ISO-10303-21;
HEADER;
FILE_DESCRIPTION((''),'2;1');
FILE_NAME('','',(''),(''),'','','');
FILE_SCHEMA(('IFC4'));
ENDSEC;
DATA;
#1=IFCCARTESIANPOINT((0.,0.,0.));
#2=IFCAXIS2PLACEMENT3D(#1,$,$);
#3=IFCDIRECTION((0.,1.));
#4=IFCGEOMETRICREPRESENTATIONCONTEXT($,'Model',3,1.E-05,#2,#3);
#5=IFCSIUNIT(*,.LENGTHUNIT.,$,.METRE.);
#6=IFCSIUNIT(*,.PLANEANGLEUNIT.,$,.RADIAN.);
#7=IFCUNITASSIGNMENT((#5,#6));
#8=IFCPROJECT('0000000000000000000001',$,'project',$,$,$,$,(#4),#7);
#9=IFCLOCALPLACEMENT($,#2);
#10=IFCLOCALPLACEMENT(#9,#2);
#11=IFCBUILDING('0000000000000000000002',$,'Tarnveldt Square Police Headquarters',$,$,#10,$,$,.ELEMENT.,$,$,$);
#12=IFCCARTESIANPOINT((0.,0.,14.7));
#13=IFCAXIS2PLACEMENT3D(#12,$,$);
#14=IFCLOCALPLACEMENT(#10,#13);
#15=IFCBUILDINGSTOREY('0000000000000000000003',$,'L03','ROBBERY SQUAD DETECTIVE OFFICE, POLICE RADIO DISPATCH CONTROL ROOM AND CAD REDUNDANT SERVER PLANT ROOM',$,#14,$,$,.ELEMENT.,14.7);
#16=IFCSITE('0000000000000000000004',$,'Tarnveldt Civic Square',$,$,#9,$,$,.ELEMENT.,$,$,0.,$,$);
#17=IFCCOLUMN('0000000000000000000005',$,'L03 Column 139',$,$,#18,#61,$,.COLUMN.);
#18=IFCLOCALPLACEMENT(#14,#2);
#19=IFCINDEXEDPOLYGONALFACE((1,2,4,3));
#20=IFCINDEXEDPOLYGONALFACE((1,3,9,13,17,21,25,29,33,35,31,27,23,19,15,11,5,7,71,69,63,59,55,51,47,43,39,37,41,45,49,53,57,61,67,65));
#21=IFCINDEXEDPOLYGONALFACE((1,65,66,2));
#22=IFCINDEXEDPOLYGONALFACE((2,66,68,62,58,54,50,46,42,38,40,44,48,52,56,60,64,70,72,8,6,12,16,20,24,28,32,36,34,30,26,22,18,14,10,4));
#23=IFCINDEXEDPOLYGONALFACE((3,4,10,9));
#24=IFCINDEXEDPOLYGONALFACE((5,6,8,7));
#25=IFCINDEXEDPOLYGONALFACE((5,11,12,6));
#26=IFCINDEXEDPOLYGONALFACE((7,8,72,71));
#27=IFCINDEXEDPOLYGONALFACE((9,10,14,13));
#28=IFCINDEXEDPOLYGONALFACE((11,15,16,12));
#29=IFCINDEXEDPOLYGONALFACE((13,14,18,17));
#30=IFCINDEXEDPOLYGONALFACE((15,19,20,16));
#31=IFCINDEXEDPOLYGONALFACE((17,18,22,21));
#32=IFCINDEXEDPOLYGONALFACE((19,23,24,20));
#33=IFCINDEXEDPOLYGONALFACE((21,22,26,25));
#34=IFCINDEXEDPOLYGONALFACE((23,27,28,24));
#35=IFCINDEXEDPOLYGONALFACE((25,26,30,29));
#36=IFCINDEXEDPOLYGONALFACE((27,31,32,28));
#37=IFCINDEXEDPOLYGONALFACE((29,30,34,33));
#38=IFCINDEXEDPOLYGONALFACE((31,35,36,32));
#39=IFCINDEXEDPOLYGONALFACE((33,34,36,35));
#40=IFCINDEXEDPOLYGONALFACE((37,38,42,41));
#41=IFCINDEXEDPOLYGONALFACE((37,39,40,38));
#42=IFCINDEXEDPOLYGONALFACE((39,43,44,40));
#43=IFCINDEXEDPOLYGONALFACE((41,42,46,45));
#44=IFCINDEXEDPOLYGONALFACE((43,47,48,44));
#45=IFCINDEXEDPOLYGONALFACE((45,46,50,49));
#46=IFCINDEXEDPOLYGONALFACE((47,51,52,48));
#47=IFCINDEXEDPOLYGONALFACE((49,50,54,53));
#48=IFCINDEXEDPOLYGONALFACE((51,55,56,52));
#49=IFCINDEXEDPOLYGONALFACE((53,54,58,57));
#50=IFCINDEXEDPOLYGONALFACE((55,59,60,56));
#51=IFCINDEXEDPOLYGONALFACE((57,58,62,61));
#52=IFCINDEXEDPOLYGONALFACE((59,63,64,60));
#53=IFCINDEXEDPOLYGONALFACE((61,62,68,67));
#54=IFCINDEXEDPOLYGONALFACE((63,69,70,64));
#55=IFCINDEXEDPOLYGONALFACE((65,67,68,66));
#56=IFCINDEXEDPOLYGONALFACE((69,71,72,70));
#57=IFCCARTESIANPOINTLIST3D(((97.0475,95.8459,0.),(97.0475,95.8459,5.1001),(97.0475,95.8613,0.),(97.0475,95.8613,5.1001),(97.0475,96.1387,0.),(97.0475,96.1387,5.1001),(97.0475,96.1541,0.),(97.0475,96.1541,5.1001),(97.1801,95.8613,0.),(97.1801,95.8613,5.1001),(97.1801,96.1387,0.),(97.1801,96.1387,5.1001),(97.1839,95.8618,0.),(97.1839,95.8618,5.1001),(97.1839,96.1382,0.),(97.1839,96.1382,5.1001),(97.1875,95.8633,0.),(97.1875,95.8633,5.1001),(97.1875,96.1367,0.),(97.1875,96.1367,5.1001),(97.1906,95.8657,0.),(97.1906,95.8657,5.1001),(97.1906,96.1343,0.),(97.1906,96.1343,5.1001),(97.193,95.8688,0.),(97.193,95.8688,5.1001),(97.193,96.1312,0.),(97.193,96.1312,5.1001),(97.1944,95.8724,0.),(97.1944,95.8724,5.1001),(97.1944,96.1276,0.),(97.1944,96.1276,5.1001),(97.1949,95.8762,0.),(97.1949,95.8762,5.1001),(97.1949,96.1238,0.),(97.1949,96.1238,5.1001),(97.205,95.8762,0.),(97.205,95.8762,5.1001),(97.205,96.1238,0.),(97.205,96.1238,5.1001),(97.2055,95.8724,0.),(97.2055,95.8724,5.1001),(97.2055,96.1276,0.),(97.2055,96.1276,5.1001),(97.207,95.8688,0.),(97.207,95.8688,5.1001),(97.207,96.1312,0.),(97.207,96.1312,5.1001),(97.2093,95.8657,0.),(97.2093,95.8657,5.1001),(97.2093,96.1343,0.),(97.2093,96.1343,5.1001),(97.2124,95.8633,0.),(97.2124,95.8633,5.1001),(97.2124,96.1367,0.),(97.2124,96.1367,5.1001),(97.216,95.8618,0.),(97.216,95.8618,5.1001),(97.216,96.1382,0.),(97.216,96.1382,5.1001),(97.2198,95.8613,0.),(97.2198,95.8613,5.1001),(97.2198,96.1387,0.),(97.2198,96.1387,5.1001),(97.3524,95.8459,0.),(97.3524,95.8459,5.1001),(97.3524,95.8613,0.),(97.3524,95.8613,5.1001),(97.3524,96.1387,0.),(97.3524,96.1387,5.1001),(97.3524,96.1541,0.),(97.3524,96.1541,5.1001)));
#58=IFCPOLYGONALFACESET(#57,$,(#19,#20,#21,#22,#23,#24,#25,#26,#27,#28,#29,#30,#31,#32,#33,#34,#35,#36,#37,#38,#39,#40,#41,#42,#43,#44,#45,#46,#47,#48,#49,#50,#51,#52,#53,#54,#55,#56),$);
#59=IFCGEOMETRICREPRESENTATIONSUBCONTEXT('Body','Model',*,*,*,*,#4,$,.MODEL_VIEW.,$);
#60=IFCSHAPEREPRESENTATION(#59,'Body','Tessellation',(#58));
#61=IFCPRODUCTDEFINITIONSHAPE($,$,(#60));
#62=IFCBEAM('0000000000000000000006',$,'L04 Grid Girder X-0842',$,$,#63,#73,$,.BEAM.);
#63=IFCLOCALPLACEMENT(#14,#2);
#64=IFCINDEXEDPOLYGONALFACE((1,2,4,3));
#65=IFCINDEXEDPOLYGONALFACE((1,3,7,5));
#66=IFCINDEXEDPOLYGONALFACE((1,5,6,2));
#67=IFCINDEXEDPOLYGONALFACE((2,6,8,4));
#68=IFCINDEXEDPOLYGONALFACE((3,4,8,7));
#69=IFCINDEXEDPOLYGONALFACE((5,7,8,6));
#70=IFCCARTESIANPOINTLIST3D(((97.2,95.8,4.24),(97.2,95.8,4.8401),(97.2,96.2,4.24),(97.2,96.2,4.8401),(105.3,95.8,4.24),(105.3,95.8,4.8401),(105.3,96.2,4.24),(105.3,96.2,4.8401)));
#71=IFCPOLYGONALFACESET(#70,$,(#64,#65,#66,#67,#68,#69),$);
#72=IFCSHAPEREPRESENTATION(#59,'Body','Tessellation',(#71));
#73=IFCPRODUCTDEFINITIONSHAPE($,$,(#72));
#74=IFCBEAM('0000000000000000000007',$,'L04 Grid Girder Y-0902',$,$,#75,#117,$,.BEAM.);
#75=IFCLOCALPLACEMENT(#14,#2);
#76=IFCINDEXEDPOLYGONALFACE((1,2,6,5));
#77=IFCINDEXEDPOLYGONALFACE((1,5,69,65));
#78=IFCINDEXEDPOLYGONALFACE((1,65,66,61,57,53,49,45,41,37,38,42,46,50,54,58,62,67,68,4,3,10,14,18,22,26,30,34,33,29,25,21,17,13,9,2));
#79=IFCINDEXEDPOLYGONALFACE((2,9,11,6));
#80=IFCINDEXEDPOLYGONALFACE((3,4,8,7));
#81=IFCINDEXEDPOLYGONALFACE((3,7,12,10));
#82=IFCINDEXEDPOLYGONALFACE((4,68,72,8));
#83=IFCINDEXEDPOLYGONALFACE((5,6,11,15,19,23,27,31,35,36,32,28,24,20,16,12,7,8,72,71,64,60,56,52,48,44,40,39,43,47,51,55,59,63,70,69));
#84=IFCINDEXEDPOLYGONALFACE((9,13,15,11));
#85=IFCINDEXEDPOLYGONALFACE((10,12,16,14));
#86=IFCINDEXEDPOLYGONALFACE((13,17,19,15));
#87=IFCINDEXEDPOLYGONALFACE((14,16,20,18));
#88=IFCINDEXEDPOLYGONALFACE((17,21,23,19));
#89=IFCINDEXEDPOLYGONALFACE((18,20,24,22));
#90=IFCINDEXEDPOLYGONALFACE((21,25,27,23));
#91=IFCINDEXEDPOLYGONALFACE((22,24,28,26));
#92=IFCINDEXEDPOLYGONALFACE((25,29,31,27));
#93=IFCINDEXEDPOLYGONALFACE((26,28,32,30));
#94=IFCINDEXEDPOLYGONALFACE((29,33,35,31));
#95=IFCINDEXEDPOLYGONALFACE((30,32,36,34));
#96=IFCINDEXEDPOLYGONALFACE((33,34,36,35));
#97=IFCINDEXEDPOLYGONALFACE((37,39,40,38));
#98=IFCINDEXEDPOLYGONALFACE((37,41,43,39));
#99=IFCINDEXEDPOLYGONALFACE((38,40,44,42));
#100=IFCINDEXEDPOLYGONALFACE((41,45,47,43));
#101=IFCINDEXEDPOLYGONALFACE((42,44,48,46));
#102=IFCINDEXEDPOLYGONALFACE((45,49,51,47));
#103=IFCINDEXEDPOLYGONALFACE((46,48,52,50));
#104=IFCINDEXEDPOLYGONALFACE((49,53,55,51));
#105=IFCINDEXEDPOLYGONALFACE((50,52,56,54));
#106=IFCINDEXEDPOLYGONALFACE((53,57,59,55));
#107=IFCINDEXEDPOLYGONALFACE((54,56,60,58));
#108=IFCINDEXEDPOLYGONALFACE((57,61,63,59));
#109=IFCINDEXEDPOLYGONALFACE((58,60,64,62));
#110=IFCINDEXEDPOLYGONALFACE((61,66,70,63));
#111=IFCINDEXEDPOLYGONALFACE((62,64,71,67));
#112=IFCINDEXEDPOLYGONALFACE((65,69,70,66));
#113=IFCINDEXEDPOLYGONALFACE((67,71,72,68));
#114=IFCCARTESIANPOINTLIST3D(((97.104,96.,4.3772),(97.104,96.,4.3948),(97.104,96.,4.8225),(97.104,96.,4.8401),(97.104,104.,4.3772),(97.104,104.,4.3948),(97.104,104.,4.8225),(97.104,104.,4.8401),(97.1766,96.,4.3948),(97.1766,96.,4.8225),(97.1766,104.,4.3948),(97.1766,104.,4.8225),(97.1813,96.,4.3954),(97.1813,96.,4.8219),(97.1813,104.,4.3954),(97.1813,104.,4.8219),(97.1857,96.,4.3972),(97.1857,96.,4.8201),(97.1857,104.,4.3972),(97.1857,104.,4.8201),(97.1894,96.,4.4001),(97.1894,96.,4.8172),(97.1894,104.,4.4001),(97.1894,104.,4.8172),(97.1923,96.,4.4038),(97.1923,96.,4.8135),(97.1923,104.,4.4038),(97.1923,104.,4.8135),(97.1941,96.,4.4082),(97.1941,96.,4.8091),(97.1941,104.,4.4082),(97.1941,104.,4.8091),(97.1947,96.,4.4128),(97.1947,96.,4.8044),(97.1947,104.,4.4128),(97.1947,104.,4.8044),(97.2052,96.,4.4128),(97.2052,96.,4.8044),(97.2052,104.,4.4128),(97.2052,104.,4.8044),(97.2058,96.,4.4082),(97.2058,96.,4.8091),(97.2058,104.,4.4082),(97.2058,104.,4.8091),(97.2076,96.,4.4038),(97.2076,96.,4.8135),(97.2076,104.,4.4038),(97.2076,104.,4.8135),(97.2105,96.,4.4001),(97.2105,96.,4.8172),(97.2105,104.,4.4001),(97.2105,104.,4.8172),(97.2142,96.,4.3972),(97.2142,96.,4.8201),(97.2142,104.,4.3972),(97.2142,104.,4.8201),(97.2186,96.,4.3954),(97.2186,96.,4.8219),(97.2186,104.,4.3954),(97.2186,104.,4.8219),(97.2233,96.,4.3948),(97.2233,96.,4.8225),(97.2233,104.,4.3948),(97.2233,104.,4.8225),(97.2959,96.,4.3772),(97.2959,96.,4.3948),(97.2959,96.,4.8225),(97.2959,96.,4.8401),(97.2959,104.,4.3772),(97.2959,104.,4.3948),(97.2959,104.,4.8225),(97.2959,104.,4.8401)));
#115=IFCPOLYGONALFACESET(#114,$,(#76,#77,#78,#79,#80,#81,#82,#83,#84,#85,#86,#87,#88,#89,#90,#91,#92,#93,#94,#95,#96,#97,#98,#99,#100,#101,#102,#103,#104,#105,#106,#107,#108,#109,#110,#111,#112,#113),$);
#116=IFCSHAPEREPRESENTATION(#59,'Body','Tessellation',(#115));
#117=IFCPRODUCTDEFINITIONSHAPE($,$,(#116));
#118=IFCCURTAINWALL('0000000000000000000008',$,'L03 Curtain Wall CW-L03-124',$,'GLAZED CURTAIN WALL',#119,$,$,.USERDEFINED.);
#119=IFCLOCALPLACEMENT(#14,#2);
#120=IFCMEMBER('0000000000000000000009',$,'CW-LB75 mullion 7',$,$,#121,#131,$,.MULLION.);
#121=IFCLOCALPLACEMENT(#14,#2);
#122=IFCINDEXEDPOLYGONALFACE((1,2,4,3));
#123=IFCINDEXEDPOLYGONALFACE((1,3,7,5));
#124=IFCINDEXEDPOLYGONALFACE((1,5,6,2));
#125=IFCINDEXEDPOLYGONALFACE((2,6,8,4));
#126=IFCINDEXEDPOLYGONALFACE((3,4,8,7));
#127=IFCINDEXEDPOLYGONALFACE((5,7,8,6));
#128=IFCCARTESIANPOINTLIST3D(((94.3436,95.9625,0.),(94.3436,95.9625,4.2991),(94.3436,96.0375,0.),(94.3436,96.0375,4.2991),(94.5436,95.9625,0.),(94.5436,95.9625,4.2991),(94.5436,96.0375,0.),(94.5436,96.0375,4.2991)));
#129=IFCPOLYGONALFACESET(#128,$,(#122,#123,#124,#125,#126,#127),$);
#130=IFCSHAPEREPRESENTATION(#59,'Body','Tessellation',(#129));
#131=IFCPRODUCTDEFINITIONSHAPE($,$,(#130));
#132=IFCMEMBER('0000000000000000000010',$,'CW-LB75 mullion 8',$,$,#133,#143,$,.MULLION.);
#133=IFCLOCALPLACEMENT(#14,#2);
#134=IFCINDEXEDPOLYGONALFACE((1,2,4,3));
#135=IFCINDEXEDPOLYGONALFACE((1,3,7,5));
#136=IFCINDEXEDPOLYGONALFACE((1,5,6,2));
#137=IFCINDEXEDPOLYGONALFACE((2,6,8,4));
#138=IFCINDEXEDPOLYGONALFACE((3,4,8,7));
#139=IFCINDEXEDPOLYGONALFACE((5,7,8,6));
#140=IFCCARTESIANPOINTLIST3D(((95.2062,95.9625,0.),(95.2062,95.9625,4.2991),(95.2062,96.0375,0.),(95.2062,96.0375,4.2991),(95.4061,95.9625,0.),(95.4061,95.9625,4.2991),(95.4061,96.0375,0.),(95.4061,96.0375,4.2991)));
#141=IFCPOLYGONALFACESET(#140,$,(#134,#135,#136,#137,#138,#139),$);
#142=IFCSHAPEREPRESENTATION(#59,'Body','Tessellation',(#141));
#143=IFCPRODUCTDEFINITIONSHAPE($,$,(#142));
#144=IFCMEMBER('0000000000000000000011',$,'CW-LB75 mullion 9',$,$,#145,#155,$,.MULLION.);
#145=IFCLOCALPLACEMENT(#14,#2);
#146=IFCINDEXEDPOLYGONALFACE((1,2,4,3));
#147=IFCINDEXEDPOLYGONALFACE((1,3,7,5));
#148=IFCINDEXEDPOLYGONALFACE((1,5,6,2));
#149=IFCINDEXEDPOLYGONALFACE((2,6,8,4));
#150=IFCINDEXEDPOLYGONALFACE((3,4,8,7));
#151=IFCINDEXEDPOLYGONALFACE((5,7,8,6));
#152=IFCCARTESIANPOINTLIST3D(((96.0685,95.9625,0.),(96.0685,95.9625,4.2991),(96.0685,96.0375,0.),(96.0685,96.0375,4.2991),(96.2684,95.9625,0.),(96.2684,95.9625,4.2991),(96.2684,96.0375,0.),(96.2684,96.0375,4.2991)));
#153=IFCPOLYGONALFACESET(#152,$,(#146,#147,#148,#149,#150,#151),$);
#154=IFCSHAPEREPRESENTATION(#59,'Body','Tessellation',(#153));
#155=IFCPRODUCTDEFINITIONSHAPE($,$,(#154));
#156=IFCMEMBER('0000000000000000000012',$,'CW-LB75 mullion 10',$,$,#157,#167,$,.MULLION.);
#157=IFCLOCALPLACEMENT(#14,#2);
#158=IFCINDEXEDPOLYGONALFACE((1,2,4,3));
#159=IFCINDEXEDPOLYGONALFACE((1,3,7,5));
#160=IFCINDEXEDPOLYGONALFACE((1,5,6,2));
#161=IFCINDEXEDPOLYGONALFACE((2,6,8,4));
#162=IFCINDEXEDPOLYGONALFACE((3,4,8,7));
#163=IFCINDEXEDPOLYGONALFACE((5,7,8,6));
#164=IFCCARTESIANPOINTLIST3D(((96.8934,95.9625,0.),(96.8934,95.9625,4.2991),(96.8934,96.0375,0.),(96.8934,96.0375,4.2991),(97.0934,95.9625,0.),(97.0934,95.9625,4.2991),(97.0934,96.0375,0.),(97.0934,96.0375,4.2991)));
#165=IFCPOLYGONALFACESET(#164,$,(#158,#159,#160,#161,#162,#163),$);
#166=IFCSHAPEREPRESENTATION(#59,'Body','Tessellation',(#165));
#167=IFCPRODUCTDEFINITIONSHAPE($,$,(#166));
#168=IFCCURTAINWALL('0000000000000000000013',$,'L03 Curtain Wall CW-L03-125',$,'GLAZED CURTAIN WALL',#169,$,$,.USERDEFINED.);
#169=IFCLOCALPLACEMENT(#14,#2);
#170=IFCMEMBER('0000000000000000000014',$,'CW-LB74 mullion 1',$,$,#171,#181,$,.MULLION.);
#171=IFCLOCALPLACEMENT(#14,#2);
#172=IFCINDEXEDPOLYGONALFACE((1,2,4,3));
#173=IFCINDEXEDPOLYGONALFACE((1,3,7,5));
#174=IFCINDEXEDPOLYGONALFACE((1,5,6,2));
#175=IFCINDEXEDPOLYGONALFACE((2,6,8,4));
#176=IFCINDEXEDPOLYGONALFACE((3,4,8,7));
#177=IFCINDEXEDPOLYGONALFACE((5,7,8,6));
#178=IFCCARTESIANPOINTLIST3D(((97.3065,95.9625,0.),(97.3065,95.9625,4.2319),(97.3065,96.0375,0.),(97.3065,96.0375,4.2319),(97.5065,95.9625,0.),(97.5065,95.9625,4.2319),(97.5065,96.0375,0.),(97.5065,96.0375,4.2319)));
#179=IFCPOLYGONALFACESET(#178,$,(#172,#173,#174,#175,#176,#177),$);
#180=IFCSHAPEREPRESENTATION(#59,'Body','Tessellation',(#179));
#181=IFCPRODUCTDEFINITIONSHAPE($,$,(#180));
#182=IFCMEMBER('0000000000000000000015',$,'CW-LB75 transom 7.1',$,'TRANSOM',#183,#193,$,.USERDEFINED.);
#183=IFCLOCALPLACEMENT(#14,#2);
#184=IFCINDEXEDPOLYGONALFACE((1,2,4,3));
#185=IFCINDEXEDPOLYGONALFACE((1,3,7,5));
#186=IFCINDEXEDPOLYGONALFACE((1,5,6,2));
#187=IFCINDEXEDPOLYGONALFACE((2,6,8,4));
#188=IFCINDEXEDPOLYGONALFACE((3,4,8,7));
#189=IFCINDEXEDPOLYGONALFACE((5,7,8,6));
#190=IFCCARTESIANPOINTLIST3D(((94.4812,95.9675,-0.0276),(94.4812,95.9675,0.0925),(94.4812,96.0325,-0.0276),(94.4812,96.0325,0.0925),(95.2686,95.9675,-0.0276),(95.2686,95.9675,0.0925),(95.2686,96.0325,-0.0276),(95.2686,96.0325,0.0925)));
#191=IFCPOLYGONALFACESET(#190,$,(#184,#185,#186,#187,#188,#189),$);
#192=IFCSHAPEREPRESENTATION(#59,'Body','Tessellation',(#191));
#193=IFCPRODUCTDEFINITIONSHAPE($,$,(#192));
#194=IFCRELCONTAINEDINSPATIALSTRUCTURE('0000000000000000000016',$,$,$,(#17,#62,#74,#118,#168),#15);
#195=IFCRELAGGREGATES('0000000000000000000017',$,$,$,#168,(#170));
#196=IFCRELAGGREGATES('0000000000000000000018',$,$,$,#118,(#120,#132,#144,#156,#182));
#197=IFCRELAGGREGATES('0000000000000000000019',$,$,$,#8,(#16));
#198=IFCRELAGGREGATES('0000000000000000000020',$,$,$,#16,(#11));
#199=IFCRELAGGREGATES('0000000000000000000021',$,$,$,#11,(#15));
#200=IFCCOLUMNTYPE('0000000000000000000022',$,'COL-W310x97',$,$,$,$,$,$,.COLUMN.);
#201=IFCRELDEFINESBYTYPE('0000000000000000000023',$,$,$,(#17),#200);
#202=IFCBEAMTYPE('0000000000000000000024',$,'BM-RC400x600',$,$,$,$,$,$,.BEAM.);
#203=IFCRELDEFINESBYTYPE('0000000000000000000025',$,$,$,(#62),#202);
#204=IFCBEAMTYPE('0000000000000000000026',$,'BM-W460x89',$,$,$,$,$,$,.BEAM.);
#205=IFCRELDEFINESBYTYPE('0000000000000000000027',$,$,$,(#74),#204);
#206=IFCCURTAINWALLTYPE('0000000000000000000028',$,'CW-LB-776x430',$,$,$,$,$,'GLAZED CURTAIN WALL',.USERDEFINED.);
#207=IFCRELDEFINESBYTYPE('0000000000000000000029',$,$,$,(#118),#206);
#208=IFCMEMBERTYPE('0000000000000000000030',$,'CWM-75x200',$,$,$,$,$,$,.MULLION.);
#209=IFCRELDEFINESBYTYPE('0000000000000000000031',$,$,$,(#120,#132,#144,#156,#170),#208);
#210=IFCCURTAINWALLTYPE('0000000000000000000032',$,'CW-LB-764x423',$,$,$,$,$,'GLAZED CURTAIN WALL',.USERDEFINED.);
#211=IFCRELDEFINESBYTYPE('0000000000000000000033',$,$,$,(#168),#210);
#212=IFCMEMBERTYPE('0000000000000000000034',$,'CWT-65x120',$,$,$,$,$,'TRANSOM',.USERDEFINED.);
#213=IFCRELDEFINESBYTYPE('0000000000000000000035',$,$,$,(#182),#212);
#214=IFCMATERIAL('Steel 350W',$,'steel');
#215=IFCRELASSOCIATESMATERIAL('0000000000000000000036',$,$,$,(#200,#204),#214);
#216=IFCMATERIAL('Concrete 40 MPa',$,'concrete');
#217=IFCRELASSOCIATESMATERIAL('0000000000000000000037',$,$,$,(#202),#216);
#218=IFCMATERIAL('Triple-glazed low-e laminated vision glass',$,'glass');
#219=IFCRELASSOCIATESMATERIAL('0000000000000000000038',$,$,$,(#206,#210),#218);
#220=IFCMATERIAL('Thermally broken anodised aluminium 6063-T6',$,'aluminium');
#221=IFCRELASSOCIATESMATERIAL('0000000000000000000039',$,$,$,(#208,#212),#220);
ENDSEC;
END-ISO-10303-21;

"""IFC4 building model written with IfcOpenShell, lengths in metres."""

from ifc_helpers import new_model, si_unit, direction, frame, origin, origin_2d, place, context, subcontext, project, spatial, rectangle, i_section, extrude, material, material_profile, profile_set, type_object, element, aggregate, save


model = new_model("IFC4")

# Units and contexts
model_context = context("Model", 3, precision=1e-05, world=origin(), true_north=direction((0.0, 1.0)))
body_context = subcontext(model_context, "Body", "Model", "MODEL_VIEW")
ifc_project = project(units=[si_unit("LENGTHUNIT", "METRE"), si_unit("PLANEANGLEUNIT", "RADIAN")], contexts=[model_context])

# Site, building, storey
site_placement = place(None, origin())
site = spatial("IfcSite", under=ifc_project, at=site_placement, Name="Tarnveldt Civic Square", CompositionType="ELEMENT", RefElevation=0.0)
building_placement = place(site_placement, origin())
building = spatial("IfcBuilding", under=site, at=building_placement, Name="Tarnveldt Square Police Headquarters", CompositionType="ELEMENT")
storey_placement = place(building_placement, frame((0.0, 0.0, 14.7)))
storey = spatial("IfcBuildingStorey", under=building, at=storey_placement, Name="L03", Description="ROBBERY SQUAD DETECTIVE OFFICE, POLICE RADIO DISPATCH CONTROL ROOM AND CAD REDUNDANT SERVER PLANT ROOM", CompositionType="ELEMENT", Elevation=14.7)

# Column
ifc_material_1 = material(Name="Steel 350W", Category="steel")
ifc_material_profile_1 = material_profile(ifc_material_1, i_section(OverallWidth=0.3049, OverallDepth=0.3081, WebThickness=0.01, FlangeThickness=0.0154, FilletRadius=0.0149, at=origin_2d()), Name="W310x97")
ifc_profile_set_1 = profile_set([ifc_material_profile_1], Name="Steel 350W")
column_type = type_object("IfcColumnType", Name="COL-W310x97", PredefinedType="COLUMN", material=ifc_profile_set_1)
column_placement = place(storey_placement, frame((97.2, 96.0, 0.0), z_axis=(0.0, 0.0, 1.0), x_axis=(1.0, 0.0, 0.0)))
element("IfcColumn", 1, at=column_placement, inside=storey, type_object=column_type, Name="L03 Column 139", PredefinedType="COLUMN", context=body_context, shape_type="SweptSolid", body=[
    extrude(i_section(OverallWidth=0.3049, OverallDepth=0.3081, WebThickness=0.01, FlangeThickness=0.0154, FilletRadius=0.0149, at=origin_2d()), origin(), (0.0, 0.0, 1.0), 5.1001),
])

# Beams
ifc_material_2 = material(Name="Concrete 40 MPa", Category="concrete")
ifc_material_profile_2 = material_profile(ifc_material_2, rectangle(XDim=0.3999, YDim=0.6001, at=origin_2d()), Name="RC-B400x600")
ifc_profile_set_2 = profile_set([ifc_material_profile_2], Name="Concrete 40 MPa")
beam_type_1 = type_object("IfcBeamType", Name="BM-RC400x600", PredefinedType="BEAM", material=ifc_profile_set_2)
beam_1_placement = place(storey_placement, frame((97.2, 96.0, 4.54), z_axis=(1.0, 0.0, 0.0), x_axis=(0.0, 1.0, 0.0)))
element("IfcBeam", 2, at=beam_1_placement, inside=storey, type_object=beam_type_1, Name="L04 Grid Girder X-0842", PredefinedType="BEAM", context=body_context, shape_type="SweptSolid", body=[
    extrude(rectangle(XDim=0.3999, YDim=0.6001, at=origin_2d()), origin(), (0.0, 0.0, 1.0), 8.1001),
])
ifc_material_profile_3 = material_profile(ifc_material_1, i_section(OverallWidth=0.1919, OverallDepth=0.4629, WebThickness=0.0105, FlangeThickness=0.0176, FilletRadius=0.0181, at=origin_2d()), Name="W460x89")
ifc_profile_set_3 = profile_set([ifc_material_profile_3], Name="Steel 350W")
beam_type_2 = type_object("IfcBeamType", Name="BM-W460x89", PredefinedType="BEAM", material=ifc_profile_set_3)
beam_2_placement = place(storey_placement, frame((97.2, 96.0, 4.6086), z_axis=(0.0, 1.0, 0.0), x_axis=(-1.0, 0.0, 0.0)))
element("IfcBeam", 3, at=beam_2_placement, inside=storey, type_object=beam_type_2, Name="L04 Grid Girder Y-0902", PredefinedType="BEAM", context=body_context, shape_type="SweptSolid", body=[
    extrude(i_section(OverallWidth=0.1919, OverallDepth=0.4629, WebThickness=0.0105, FlangeThickness=0.0176, FilletRadius=0.0181, at=origin_2d()), origin(), (0.0, 0.0, 1.0), 8.0),
])

# Curtain wall, members
ifc_material_3 = material(Name="Triple-glazed low-e laminated vision glass", Category="glass")
curtain_wall_type_1 = type_object("IfcCurtainWallType", Name="CW-LB-776x430", ElementType="GLAZED CURTAIN WALL", PredefinedType="USERDEFINED", material=ifc_material_3)
curtain_wall_1_placement = place(storey_placement, origin())
curtain_wall_1 = element("IfcCurtainWall", 4, at=curtain_wall_1_placement, inside=storey, type_object=curtain_wall_type_1, Name="L03 Curtain Wall CW-L03-124", ObjectType="GLAZED CURTAIN WALL", PredefinedType="USERDEFINED")
ifc_material_4 = material(Name="Thermally broken anodised aluminium 6063-T6", Category="aluminium")
ifc_material_profile_4 = material_profile(ifc_material_4, rectangle(XDim=0.075, YDim=0.2, at=origin_2d()), Name="CW-M75x200")
ifc_profile_set_4 = profile_set([ifc_material_profile_4], Name="Thermally broken anodised aluminium 6063-T6")
member_type_1 = type_object("IfcMemberType", Name="CWM-75x200", PredefinedType="MULLION", material=ifc_profile_set_4)
member_1_placement = place(storey_placement, frame((94.4436, 96.0, 0.0), z_axis=(0.0, 0.0, 1.0), x_axis=(0.0, 1.0, 0.0)))
member_1 = element("IfcMember", 5, at=member_1_placement, type_object=member_type_1, Name="CW-LB75 mullion 7", PredefinedType="MULLION", context=body_context, shape_type="SweptSolid", body=[
    extrude(rectangle(XDim=0.075, YDim=0.2, at=origin_2d()), origin(), (0.0, 0.0, 1.0), 4.2991),
])
member_2_placement = place(storey_placement, frame((95.3062, 96.0, 0.0), z_axis=(0.0, 0.0, 1.0), x_axis=(0.0, 1.0, 0.0)))
member_2 = element("IfcMember", 6, at=member_2_placement, type_object=member_type_1, Name="CW-LB75 mullion 8", PredefinedType="MULLION", context=body_context, shape_type="SweptSolid", body=[
    extrude(rectangle(XDim=0.075, YDim=0.2, at=origin_2d()), origin(), (0.0, 0.0, 1.0), 4.2991),
])
member_3_placement = place(storey_placement, frame((96.1685, 96.0, 0.0), z_axis=(0.0, 0.0, 1.0), x_axis=(0.0, 1.0, 0.0)))
member_3 = element("IfcMember", 7, at=member_3_placement, type_object=member_type_1, Name="CW-LB75 mullion 9", PredefinedType="MULLION", context=body_context, shape_type="SweptSolid", body=[
    extrude(rectangle(XDim=0.075, YDim=0.2, at=origin_2d()), origin(), (0.0, 0.0, 1.0), 4.2991),
])
member_4_placement = place(storey_placement, frame((96.9934, 96.0, 0.0), z_axis=(0.0, 0.0, 1.0), x_axis=(0.0, 1.0, 0.0)))
member_4 = element("IfcMember", 8, at=member_4_placement, type_object=member_type_1, Name="CW-LB75 mullion 10", PredefinedType="MULLION", context=body_context, shape_type="SweptSolid", body=[
    extrude(rectangle(XDim=0.075, YDim=0.2, at=origin_2d()), origin(), (0.0, 0.0, 1.0), 4.2991),
])

# Curtain wall, member
curtain_wall_type_2 = type_object("IfcCurtainWallType", Name="CW-LB-764x423", ElementType="GLAZED CURTAIN WALL", PredefinedType="USERDEFINED", material=ifc_material_3)
curtain_wall_2_placement = place(storey_placement, origin())
curtain_wall_2 = element("IfcCurtainWall", 9, at=curtain_wall_2_placement, inside=storey, type_object=curtain_wall_type_2, Name="L03 Curtain Wall CW-L03-125", ObjectType="GLAZED CURTAIN WALL", PredefinedType="USERDEFINED")
member_5_placement = place(storey_placement, frame((97.4065, 96.0, 0.0), z_axis=(0.0, 0.0, 1.0), x_axis=(0.0, 1.0, 0.0)))
member_5 = element("IfcMember", 10, at=member_5_placement, type_object=member_type_1, Name="CW-LB74 mullion 1", PredefinedType="MULLION", context=body_context, shape_type="SweptSolid", body=[
    extrude(rectangle(XDim=0.075, YDim=0.2, at=origin_2d()), origin(), (0.0, 0.0, 1.0), 4.2319),
])

# Member
ifc_material_profile_5 = material_profile(ifc_material_4, rectangle(XDim=0.0649, YDim=0.1201, at=origin_2d()), Name="CW-T65x120")
ifc_profile_set_5 = profile_set([ifc_material_profile_5], Name="Thermally broken anodised aluminium 6063-T6")
member_type_2 = type_object("IfcMemberType", Name="CWT-65x120", ElementType="TRANSOM", PredefinedType="USERDEFINED", material=ifc_profile_set_5)
member_6_placement = place(storey_placement, frame((94.4812, 96.0, 0.0325), z_axis=(1.0, 0.0, 0.0), x_axis=(0.0, 1.0, 0.0)))
member_6 = element("IfcMember", 11, at=member_6_placement, type_object=member_type_2, Name="CW-LB75 transom 7.1", ObjectType="TRANSOM", PredefinedType="USERDEFINED", context=body_context, shape_type="SweptSolid", body=[
    extrude(rectangle(XDim=0.0649, YDim=0.1201, at=origin_2d()), origin(), (0.0, 0.0, 1.0), 0.7874),
])
aggregate(curtain_wall_2, [member_5])

aggregate(curtain_wall_1, [member_1, member_2, member_3, member_4, member_6])

save(model, "model.ifc")
